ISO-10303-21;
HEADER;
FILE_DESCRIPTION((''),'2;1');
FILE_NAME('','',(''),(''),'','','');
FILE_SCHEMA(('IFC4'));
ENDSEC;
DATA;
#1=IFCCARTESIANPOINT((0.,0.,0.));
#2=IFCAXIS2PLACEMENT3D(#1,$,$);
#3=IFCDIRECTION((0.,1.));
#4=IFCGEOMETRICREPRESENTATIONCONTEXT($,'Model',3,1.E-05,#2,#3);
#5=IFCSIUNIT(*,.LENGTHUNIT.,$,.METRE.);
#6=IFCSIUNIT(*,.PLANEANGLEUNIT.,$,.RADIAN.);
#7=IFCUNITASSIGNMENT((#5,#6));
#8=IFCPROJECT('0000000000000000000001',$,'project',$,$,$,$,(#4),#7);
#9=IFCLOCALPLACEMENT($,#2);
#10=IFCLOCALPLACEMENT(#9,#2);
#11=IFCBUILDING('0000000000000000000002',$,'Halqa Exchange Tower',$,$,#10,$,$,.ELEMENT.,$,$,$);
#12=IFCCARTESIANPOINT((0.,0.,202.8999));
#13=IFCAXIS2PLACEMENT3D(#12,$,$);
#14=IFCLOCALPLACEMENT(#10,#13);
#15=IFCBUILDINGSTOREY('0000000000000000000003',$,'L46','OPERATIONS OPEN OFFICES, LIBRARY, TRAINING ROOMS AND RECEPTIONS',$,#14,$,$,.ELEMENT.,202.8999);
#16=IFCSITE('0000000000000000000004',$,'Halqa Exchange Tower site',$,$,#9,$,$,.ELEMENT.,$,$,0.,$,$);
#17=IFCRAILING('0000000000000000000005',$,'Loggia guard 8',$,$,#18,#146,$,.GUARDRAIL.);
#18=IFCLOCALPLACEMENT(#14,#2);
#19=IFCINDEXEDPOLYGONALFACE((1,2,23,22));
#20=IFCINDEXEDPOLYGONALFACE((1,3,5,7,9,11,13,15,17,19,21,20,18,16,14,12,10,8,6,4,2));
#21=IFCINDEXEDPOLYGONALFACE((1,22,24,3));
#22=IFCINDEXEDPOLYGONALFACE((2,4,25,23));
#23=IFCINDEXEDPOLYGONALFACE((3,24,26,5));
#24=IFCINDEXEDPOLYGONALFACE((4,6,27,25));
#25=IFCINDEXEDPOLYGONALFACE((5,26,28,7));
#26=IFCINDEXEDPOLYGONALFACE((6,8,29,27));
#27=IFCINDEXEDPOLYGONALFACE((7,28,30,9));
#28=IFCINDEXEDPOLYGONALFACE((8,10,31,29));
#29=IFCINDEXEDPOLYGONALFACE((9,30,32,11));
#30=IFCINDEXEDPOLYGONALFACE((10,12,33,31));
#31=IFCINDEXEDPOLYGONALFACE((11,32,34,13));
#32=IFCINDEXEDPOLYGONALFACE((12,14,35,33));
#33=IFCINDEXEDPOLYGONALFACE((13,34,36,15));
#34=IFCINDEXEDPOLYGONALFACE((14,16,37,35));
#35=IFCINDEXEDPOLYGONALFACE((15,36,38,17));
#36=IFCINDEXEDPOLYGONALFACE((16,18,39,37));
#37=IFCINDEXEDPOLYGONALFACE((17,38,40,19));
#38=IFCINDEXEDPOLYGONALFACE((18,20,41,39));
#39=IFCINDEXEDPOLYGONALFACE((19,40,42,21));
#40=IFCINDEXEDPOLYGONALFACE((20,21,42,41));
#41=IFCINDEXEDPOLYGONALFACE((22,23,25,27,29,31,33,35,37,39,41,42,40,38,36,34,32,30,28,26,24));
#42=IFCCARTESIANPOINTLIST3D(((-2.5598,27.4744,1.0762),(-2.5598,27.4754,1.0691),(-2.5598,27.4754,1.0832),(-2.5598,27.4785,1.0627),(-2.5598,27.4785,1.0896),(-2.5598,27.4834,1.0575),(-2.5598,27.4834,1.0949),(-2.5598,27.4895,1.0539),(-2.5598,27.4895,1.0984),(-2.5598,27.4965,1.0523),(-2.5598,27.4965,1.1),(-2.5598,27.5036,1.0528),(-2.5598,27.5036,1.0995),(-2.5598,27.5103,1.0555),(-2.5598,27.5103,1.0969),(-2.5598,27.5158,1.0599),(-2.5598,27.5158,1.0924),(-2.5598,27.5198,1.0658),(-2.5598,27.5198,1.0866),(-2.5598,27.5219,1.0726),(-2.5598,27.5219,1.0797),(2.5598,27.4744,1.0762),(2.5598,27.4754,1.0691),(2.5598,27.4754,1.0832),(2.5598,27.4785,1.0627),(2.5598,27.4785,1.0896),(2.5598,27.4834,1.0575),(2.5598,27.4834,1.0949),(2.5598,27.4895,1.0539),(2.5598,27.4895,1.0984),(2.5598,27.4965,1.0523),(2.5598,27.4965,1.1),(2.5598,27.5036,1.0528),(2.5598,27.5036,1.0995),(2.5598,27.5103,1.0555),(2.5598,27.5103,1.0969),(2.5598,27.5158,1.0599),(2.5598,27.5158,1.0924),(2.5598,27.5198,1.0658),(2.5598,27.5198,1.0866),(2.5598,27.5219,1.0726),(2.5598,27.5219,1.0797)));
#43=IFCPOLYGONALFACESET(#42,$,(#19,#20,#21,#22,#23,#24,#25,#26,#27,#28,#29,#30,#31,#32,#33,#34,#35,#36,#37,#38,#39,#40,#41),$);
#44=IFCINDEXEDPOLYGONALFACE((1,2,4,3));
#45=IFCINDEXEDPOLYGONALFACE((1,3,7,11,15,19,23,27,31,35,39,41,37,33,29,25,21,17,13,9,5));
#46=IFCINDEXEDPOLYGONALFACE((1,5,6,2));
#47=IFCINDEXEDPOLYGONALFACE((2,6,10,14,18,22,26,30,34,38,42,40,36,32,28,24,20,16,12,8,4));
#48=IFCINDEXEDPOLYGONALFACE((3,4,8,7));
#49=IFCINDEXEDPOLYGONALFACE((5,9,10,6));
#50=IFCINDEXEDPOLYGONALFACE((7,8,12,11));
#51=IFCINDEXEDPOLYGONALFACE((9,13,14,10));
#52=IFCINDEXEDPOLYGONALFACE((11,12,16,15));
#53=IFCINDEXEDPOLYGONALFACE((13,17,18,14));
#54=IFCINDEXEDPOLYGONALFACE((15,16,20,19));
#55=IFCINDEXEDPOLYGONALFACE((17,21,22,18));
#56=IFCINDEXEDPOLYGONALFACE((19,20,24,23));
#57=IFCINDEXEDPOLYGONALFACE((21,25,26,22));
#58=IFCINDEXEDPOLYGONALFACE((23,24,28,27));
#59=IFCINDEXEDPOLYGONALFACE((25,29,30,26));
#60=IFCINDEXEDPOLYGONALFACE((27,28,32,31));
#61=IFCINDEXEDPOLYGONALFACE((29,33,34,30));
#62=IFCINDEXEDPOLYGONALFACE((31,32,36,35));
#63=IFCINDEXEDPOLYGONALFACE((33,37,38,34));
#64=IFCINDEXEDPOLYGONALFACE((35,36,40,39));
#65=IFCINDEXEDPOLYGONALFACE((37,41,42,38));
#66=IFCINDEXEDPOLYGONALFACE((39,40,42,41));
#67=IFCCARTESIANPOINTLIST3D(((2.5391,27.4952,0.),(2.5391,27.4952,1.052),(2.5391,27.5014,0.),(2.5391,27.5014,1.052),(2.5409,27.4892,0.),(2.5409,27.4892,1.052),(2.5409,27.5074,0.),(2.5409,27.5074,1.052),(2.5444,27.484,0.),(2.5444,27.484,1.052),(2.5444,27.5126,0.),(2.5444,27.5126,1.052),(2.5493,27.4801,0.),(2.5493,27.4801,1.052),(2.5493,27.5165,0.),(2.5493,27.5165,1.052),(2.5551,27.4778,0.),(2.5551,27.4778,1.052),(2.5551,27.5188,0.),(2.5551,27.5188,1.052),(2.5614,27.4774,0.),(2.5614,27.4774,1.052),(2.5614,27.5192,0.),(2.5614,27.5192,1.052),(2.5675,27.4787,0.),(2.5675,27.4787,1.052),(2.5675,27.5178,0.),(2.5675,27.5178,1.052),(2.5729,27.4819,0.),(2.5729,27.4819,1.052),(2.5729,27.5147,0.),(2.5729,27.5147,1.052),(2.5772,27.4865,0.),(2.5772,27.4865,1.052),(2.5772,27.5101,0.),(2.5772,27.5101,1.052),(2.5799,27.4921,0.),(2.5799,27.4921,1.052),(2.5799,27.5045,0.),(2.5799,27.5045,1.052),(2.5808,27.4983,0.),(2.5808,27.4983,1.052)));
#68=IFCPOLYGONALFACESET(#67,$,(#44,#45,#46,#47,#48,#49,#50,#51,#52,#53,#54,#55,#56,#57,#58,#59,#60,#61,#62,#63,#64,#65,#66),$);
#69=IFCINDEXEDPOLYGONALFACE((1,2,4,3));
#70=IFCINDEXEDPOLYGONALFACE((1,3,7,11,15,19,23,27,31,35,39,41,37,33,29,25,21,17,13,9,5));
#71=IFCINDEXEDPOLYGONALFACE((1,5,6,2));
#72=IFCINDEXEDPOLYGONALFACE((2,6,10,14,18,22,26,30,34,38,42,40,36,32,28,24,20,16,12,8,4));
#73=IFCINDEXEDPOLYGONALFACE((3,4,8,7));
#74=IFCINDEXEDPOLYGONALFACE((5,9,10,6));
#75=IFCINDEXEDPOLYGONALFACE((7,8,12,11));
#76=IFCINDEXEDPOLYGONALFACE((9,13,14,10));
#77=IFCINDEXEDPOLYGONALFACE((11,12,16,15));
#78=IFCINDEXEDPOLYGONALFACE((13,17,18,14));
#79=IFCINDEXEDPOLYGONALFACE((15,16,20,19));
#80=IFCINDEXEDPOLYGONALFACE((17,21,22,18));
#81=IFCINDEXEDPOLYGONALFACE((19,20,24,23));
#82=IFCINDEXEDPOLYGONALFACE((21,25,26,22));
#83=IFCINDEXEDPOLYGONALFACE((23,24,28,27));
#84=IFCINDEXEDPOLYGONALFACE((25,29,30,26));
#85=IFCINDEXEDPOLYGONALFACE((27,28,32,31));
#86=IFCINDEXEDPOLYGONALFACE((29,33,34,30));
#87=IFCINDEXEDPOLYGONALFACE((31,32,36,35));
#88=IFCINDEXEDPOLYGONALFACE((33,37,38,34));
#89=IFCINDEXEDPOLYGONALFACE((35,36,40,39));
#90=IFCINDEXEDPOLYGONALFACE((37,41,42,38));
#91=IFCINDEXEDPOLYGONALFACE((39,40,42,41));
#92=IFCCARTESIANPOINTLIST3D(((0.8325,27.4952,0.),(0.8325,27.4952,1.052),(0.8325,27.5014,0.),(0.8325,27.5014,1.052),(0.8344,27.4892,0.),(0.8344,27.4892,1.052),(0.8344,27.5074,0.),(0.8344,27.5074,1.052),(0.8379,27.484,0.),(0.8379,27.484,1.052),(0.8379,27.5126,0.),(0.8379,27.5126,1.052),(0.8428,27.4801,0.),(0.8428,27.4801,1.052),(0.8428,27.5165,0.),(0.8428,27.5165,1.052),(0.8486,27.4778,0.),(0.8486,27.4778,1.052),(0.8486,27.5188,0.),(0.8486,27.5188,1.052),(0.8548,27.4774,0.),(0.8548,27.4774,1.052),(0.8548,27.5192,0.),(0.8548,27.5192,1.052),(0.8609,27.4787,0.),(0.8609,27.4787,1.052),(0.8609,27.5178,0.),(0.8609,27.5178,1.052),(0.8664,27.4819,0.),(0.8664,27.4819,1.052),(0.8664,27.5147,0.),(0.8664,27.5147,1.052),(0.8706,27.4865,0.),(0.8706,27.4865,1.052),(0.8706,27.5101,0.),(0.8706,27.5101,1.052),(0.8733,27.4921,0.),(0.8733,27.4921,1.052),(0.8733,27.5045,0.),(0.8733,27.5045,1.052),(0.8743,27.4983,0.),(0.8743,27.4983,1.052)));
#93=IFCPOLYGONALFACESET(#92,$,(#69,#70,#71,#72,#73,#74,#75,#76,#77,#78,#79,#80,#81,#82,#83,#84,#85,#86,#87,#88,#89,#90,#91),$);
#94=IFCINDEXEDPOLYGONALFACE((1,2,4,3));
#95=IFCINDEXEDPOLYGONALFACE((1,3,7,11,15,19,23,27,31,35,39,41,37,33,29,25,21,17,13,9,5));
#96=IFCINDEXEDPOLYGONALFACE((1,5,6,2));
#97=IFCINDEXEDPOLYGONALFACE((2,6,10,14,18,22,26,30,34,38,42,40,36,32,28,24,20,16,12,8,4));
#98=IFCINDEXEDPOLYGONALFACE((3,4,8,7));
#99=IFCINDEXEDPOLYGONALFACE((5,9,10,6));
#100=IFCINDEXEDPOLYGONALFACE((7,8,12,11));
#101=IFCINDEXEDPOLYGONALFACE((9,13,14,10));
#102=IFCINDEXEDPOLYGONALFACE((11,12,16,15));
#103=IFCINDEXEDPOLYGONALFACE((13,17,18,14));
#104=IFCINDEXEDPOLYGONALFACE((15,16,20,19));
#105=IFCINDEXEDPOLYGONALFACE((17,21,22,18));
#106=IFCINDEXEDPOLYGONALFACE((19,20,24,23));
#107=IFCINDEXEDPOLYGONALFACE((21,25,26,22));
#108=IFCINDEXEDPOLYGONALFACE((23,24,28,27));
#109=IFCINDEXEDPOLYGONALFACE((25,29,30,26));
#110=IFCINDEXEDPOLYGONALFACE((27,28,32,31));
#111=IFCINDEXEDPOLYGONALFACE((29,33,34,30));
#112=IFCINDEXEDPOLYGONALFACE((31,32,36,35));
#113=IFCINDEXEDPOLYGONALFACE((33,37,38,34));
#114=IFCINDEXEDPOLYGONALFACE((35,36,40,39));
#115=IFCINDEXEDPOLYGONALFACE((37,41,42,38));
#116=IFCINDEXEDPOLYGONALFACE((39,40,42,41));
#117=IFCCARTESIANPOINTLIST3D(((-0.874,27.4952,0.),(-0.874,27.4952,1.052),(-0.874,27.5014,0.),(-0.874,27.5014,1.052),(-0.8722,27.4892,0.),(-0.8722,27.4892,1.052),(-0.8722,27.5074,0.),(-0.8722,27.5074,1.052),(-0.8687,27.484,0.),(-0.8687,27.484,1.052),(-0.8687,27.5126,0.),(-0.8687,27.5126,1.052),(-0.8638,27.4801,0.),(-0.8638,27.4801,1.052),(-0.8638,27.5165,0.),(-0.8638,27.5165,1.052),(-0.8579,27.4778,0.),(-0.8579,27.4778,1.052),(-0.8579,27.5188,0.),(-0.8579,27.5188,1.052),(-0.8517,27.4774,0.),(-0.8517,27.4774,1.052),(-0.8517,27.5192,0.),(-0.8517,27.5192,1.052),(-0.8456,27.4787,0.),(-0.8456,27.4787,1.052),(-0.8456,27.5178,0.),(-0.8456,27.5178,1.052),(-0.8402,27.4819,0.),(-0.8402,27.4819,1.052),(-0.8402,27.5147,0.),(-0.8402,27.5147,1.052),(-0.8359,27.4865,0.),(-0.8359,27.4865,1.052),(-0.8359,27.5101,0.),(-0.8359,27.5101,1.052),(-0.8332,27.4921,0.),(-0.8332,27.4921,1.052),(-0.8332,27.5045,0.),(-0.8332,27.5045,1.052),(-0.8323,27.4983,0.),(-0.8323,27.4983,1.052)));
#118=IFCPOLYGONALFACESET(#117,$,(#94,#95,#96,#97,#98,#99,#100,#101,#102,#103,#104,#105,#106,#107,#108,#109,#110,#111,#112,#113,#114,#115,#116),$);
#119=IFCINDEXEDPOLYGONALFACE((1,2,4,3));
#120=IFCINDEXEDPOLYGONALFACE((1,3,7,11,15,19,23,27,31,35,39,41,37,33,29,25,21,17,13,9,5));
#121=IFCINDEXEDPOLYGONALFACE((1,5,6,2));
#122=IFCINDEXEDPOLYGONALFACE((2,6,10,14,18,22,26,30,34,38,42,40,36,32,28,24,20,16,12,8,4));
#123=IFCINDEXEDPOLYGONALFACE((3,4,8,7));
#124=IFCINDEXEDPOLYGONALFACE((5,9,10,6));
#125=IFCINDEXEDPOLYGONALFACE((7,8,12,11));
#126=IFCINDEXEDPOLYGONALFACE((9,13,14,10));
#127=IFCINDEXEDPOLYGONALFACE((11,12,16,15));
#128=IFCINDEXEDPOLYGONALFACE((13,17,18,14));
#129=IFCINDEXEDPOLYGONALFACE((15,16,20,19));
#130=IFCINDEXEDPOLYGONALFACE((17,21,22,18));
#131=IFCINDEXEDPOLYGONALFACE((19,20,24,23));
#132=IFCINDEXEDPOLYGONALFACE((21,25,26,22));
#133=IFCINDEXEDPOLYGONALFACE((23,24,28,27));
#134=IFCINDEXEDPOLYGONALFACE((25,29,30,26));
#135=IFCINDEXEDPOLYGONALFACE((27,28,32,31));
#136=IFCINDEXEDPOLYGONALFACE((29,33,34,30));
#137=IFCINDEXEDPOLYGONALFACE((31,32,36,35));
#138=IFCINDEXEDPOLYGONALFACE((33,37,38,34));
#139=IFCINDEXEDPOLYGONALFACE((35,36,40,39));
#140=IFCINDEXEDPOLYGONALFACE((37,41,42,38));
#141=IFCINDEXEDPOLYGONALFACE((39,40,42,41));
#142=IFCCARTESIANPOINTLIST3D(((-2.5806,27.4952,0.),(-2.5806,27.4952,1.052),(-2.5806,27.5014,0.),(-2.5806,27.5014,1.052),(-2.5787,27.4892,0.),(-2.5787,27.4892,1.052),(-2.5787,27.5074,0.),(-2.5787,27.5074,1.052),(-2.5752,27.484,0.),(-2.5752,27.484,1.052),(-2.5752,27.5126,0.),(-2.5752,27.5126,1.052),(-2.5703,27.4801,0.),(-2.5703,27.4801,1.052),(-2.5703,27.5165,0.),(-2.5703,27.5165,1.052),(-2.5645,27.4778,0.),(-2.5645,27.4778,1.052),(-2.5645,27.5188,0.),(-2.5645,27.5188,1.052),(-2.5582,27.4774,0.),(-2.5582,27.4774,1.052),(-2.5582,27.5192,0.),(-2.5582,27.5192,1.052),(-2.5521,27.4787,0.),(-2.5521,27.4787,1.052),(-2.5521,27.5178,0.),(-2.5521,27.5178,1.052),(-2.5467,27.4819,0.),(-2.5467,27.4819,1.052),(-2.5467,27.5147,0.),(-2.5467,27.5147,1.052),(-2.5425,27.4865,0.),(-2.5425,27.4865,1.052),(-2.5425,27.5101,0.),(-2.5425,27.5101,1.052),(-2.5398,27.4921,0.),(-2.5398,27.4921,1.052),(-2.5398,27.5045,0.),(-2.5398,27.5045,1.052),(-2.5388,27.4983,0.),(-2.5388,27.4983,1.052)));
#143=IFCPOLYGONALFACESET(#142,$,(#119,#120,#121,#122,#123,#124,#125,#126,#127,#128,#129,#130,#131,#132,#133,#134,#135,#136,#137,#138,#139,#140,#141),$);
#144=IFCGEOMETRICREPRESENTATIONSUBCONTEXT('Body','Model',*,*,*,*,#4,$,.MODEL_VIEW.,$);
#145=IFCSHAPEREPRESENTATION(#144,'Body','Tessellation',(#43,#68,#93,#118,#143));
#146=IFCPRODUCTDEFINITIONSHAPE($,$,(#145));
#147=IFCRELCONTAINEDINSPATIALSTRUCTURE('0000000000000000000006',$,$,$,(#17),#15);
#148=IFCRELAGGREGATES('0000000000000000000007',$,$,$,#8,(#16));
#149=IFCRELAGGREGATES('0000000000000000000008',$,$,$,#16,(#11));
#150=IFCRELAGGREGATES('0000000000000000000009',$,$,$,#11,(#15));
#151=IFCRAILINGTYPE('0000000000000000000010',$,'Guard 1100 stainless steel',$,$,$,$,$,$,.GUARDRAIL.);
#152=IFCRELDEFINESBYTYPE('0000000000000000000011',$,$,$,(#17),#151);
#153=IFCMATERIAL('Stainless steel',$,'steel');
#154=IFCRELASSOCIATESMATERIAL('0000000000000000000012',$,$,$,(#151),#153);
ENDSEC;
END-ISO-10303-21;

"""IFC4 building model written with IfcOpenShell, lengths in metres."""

from ifc_helpers import new_model, si_unit, direction, frame, origin, origin_2d, place, context, subcontext, project, spatial, circle, extrude, material, type_object, element, save


model = new_model("IFC4")

# Units and contexts
model_context = context("Model", 3, precision=1e-05, world=origin(), true_north=direction((0.0, 1.0)))
body_context = subcontext(model_context, "Body", "Model", "MODEL_VIEW")
ifc_project = project(units=[si_unit("LENGTHUNIT", "METRE"), si_unit("PLANEANGLEUNIT", "RADIAN")], contexts=[model_context])

# Site, building, storey
site_placement = place(None, origin())
site = spatial("IfcSite", under=ifc_project, at=site_placement, Name="Halqa Exchange Tower site", CompositionType="ELEMENT", RefElevation=0.0)
building_placement = place(site_placement, origin())
building = spatial("IfcBuilding", under=site, at=building_placement, Name="Halqa Exchange Tower", CompositionType="ELEMENT")
storey_placement = place(building_placement, frame((0.0, 0.0, 202.8999)))
storey = spatial("IfcBuildingStorey", under=building, at=storey_placement, Name="L46", Description="OPERATIONS OPEN OFFICES, LIBRARY, TRAINING ROOMS AND RECEPTIONS", CompositionType="ELEMENT", Elevation=202.8999)

# Railing
ifc_material_1 = material(Name="Stainless steel", Category="steel")
railing_type_1 = type_object("IfcRailingType", Name="Guard 1100 stainless steel", PredefinedType="GUARDRAIL", material=ifc_material_1)
railing_1_placement = place(storey_placement, frame((2.5598, 27.4983, 0.0)))
element("IfcRailing", 1, at=railing_1_placement, inside=storey, type_object=railing_type_1, Name="Loggia guard 8", PredefinedType="GUARDRAIL", context=body_context, shape_type="SweptSolid", body=[
    extrude(circle(Radius=0.0239, at=origin_2d()), frame((0.0, 0.0, 1.0762), z_axis=(-1.0, 0.0, 0.0), x_axis=(0.0, -1.0, 0.0)), (0.0, 0.0, 1.0), 5.1196),
    extrude(circle(Radius=0.021, at=origin_2d()), origin(), (0.0, 0.0, 1.0), 1.052),
    extrude(circle(Radius=0.021, at=origin_2d()), frame((-1.7065, 0.0, 0.0)), (0.0, 0.0, 1.0), 1.052),
    extrude(circle(Radius=0.021, at=origin_2d()), frame((-3.4131, 0.0, 0.0)), (0.0, 0.0, 1.0), 1.052),
    extrude(circle(Radius=0.021, at=origin_2d()), frame((-5.1196, 0.0, 0.0)), (0.0, 0.0, 1.0), 1.052),
])

save(model, "model.ifc")
